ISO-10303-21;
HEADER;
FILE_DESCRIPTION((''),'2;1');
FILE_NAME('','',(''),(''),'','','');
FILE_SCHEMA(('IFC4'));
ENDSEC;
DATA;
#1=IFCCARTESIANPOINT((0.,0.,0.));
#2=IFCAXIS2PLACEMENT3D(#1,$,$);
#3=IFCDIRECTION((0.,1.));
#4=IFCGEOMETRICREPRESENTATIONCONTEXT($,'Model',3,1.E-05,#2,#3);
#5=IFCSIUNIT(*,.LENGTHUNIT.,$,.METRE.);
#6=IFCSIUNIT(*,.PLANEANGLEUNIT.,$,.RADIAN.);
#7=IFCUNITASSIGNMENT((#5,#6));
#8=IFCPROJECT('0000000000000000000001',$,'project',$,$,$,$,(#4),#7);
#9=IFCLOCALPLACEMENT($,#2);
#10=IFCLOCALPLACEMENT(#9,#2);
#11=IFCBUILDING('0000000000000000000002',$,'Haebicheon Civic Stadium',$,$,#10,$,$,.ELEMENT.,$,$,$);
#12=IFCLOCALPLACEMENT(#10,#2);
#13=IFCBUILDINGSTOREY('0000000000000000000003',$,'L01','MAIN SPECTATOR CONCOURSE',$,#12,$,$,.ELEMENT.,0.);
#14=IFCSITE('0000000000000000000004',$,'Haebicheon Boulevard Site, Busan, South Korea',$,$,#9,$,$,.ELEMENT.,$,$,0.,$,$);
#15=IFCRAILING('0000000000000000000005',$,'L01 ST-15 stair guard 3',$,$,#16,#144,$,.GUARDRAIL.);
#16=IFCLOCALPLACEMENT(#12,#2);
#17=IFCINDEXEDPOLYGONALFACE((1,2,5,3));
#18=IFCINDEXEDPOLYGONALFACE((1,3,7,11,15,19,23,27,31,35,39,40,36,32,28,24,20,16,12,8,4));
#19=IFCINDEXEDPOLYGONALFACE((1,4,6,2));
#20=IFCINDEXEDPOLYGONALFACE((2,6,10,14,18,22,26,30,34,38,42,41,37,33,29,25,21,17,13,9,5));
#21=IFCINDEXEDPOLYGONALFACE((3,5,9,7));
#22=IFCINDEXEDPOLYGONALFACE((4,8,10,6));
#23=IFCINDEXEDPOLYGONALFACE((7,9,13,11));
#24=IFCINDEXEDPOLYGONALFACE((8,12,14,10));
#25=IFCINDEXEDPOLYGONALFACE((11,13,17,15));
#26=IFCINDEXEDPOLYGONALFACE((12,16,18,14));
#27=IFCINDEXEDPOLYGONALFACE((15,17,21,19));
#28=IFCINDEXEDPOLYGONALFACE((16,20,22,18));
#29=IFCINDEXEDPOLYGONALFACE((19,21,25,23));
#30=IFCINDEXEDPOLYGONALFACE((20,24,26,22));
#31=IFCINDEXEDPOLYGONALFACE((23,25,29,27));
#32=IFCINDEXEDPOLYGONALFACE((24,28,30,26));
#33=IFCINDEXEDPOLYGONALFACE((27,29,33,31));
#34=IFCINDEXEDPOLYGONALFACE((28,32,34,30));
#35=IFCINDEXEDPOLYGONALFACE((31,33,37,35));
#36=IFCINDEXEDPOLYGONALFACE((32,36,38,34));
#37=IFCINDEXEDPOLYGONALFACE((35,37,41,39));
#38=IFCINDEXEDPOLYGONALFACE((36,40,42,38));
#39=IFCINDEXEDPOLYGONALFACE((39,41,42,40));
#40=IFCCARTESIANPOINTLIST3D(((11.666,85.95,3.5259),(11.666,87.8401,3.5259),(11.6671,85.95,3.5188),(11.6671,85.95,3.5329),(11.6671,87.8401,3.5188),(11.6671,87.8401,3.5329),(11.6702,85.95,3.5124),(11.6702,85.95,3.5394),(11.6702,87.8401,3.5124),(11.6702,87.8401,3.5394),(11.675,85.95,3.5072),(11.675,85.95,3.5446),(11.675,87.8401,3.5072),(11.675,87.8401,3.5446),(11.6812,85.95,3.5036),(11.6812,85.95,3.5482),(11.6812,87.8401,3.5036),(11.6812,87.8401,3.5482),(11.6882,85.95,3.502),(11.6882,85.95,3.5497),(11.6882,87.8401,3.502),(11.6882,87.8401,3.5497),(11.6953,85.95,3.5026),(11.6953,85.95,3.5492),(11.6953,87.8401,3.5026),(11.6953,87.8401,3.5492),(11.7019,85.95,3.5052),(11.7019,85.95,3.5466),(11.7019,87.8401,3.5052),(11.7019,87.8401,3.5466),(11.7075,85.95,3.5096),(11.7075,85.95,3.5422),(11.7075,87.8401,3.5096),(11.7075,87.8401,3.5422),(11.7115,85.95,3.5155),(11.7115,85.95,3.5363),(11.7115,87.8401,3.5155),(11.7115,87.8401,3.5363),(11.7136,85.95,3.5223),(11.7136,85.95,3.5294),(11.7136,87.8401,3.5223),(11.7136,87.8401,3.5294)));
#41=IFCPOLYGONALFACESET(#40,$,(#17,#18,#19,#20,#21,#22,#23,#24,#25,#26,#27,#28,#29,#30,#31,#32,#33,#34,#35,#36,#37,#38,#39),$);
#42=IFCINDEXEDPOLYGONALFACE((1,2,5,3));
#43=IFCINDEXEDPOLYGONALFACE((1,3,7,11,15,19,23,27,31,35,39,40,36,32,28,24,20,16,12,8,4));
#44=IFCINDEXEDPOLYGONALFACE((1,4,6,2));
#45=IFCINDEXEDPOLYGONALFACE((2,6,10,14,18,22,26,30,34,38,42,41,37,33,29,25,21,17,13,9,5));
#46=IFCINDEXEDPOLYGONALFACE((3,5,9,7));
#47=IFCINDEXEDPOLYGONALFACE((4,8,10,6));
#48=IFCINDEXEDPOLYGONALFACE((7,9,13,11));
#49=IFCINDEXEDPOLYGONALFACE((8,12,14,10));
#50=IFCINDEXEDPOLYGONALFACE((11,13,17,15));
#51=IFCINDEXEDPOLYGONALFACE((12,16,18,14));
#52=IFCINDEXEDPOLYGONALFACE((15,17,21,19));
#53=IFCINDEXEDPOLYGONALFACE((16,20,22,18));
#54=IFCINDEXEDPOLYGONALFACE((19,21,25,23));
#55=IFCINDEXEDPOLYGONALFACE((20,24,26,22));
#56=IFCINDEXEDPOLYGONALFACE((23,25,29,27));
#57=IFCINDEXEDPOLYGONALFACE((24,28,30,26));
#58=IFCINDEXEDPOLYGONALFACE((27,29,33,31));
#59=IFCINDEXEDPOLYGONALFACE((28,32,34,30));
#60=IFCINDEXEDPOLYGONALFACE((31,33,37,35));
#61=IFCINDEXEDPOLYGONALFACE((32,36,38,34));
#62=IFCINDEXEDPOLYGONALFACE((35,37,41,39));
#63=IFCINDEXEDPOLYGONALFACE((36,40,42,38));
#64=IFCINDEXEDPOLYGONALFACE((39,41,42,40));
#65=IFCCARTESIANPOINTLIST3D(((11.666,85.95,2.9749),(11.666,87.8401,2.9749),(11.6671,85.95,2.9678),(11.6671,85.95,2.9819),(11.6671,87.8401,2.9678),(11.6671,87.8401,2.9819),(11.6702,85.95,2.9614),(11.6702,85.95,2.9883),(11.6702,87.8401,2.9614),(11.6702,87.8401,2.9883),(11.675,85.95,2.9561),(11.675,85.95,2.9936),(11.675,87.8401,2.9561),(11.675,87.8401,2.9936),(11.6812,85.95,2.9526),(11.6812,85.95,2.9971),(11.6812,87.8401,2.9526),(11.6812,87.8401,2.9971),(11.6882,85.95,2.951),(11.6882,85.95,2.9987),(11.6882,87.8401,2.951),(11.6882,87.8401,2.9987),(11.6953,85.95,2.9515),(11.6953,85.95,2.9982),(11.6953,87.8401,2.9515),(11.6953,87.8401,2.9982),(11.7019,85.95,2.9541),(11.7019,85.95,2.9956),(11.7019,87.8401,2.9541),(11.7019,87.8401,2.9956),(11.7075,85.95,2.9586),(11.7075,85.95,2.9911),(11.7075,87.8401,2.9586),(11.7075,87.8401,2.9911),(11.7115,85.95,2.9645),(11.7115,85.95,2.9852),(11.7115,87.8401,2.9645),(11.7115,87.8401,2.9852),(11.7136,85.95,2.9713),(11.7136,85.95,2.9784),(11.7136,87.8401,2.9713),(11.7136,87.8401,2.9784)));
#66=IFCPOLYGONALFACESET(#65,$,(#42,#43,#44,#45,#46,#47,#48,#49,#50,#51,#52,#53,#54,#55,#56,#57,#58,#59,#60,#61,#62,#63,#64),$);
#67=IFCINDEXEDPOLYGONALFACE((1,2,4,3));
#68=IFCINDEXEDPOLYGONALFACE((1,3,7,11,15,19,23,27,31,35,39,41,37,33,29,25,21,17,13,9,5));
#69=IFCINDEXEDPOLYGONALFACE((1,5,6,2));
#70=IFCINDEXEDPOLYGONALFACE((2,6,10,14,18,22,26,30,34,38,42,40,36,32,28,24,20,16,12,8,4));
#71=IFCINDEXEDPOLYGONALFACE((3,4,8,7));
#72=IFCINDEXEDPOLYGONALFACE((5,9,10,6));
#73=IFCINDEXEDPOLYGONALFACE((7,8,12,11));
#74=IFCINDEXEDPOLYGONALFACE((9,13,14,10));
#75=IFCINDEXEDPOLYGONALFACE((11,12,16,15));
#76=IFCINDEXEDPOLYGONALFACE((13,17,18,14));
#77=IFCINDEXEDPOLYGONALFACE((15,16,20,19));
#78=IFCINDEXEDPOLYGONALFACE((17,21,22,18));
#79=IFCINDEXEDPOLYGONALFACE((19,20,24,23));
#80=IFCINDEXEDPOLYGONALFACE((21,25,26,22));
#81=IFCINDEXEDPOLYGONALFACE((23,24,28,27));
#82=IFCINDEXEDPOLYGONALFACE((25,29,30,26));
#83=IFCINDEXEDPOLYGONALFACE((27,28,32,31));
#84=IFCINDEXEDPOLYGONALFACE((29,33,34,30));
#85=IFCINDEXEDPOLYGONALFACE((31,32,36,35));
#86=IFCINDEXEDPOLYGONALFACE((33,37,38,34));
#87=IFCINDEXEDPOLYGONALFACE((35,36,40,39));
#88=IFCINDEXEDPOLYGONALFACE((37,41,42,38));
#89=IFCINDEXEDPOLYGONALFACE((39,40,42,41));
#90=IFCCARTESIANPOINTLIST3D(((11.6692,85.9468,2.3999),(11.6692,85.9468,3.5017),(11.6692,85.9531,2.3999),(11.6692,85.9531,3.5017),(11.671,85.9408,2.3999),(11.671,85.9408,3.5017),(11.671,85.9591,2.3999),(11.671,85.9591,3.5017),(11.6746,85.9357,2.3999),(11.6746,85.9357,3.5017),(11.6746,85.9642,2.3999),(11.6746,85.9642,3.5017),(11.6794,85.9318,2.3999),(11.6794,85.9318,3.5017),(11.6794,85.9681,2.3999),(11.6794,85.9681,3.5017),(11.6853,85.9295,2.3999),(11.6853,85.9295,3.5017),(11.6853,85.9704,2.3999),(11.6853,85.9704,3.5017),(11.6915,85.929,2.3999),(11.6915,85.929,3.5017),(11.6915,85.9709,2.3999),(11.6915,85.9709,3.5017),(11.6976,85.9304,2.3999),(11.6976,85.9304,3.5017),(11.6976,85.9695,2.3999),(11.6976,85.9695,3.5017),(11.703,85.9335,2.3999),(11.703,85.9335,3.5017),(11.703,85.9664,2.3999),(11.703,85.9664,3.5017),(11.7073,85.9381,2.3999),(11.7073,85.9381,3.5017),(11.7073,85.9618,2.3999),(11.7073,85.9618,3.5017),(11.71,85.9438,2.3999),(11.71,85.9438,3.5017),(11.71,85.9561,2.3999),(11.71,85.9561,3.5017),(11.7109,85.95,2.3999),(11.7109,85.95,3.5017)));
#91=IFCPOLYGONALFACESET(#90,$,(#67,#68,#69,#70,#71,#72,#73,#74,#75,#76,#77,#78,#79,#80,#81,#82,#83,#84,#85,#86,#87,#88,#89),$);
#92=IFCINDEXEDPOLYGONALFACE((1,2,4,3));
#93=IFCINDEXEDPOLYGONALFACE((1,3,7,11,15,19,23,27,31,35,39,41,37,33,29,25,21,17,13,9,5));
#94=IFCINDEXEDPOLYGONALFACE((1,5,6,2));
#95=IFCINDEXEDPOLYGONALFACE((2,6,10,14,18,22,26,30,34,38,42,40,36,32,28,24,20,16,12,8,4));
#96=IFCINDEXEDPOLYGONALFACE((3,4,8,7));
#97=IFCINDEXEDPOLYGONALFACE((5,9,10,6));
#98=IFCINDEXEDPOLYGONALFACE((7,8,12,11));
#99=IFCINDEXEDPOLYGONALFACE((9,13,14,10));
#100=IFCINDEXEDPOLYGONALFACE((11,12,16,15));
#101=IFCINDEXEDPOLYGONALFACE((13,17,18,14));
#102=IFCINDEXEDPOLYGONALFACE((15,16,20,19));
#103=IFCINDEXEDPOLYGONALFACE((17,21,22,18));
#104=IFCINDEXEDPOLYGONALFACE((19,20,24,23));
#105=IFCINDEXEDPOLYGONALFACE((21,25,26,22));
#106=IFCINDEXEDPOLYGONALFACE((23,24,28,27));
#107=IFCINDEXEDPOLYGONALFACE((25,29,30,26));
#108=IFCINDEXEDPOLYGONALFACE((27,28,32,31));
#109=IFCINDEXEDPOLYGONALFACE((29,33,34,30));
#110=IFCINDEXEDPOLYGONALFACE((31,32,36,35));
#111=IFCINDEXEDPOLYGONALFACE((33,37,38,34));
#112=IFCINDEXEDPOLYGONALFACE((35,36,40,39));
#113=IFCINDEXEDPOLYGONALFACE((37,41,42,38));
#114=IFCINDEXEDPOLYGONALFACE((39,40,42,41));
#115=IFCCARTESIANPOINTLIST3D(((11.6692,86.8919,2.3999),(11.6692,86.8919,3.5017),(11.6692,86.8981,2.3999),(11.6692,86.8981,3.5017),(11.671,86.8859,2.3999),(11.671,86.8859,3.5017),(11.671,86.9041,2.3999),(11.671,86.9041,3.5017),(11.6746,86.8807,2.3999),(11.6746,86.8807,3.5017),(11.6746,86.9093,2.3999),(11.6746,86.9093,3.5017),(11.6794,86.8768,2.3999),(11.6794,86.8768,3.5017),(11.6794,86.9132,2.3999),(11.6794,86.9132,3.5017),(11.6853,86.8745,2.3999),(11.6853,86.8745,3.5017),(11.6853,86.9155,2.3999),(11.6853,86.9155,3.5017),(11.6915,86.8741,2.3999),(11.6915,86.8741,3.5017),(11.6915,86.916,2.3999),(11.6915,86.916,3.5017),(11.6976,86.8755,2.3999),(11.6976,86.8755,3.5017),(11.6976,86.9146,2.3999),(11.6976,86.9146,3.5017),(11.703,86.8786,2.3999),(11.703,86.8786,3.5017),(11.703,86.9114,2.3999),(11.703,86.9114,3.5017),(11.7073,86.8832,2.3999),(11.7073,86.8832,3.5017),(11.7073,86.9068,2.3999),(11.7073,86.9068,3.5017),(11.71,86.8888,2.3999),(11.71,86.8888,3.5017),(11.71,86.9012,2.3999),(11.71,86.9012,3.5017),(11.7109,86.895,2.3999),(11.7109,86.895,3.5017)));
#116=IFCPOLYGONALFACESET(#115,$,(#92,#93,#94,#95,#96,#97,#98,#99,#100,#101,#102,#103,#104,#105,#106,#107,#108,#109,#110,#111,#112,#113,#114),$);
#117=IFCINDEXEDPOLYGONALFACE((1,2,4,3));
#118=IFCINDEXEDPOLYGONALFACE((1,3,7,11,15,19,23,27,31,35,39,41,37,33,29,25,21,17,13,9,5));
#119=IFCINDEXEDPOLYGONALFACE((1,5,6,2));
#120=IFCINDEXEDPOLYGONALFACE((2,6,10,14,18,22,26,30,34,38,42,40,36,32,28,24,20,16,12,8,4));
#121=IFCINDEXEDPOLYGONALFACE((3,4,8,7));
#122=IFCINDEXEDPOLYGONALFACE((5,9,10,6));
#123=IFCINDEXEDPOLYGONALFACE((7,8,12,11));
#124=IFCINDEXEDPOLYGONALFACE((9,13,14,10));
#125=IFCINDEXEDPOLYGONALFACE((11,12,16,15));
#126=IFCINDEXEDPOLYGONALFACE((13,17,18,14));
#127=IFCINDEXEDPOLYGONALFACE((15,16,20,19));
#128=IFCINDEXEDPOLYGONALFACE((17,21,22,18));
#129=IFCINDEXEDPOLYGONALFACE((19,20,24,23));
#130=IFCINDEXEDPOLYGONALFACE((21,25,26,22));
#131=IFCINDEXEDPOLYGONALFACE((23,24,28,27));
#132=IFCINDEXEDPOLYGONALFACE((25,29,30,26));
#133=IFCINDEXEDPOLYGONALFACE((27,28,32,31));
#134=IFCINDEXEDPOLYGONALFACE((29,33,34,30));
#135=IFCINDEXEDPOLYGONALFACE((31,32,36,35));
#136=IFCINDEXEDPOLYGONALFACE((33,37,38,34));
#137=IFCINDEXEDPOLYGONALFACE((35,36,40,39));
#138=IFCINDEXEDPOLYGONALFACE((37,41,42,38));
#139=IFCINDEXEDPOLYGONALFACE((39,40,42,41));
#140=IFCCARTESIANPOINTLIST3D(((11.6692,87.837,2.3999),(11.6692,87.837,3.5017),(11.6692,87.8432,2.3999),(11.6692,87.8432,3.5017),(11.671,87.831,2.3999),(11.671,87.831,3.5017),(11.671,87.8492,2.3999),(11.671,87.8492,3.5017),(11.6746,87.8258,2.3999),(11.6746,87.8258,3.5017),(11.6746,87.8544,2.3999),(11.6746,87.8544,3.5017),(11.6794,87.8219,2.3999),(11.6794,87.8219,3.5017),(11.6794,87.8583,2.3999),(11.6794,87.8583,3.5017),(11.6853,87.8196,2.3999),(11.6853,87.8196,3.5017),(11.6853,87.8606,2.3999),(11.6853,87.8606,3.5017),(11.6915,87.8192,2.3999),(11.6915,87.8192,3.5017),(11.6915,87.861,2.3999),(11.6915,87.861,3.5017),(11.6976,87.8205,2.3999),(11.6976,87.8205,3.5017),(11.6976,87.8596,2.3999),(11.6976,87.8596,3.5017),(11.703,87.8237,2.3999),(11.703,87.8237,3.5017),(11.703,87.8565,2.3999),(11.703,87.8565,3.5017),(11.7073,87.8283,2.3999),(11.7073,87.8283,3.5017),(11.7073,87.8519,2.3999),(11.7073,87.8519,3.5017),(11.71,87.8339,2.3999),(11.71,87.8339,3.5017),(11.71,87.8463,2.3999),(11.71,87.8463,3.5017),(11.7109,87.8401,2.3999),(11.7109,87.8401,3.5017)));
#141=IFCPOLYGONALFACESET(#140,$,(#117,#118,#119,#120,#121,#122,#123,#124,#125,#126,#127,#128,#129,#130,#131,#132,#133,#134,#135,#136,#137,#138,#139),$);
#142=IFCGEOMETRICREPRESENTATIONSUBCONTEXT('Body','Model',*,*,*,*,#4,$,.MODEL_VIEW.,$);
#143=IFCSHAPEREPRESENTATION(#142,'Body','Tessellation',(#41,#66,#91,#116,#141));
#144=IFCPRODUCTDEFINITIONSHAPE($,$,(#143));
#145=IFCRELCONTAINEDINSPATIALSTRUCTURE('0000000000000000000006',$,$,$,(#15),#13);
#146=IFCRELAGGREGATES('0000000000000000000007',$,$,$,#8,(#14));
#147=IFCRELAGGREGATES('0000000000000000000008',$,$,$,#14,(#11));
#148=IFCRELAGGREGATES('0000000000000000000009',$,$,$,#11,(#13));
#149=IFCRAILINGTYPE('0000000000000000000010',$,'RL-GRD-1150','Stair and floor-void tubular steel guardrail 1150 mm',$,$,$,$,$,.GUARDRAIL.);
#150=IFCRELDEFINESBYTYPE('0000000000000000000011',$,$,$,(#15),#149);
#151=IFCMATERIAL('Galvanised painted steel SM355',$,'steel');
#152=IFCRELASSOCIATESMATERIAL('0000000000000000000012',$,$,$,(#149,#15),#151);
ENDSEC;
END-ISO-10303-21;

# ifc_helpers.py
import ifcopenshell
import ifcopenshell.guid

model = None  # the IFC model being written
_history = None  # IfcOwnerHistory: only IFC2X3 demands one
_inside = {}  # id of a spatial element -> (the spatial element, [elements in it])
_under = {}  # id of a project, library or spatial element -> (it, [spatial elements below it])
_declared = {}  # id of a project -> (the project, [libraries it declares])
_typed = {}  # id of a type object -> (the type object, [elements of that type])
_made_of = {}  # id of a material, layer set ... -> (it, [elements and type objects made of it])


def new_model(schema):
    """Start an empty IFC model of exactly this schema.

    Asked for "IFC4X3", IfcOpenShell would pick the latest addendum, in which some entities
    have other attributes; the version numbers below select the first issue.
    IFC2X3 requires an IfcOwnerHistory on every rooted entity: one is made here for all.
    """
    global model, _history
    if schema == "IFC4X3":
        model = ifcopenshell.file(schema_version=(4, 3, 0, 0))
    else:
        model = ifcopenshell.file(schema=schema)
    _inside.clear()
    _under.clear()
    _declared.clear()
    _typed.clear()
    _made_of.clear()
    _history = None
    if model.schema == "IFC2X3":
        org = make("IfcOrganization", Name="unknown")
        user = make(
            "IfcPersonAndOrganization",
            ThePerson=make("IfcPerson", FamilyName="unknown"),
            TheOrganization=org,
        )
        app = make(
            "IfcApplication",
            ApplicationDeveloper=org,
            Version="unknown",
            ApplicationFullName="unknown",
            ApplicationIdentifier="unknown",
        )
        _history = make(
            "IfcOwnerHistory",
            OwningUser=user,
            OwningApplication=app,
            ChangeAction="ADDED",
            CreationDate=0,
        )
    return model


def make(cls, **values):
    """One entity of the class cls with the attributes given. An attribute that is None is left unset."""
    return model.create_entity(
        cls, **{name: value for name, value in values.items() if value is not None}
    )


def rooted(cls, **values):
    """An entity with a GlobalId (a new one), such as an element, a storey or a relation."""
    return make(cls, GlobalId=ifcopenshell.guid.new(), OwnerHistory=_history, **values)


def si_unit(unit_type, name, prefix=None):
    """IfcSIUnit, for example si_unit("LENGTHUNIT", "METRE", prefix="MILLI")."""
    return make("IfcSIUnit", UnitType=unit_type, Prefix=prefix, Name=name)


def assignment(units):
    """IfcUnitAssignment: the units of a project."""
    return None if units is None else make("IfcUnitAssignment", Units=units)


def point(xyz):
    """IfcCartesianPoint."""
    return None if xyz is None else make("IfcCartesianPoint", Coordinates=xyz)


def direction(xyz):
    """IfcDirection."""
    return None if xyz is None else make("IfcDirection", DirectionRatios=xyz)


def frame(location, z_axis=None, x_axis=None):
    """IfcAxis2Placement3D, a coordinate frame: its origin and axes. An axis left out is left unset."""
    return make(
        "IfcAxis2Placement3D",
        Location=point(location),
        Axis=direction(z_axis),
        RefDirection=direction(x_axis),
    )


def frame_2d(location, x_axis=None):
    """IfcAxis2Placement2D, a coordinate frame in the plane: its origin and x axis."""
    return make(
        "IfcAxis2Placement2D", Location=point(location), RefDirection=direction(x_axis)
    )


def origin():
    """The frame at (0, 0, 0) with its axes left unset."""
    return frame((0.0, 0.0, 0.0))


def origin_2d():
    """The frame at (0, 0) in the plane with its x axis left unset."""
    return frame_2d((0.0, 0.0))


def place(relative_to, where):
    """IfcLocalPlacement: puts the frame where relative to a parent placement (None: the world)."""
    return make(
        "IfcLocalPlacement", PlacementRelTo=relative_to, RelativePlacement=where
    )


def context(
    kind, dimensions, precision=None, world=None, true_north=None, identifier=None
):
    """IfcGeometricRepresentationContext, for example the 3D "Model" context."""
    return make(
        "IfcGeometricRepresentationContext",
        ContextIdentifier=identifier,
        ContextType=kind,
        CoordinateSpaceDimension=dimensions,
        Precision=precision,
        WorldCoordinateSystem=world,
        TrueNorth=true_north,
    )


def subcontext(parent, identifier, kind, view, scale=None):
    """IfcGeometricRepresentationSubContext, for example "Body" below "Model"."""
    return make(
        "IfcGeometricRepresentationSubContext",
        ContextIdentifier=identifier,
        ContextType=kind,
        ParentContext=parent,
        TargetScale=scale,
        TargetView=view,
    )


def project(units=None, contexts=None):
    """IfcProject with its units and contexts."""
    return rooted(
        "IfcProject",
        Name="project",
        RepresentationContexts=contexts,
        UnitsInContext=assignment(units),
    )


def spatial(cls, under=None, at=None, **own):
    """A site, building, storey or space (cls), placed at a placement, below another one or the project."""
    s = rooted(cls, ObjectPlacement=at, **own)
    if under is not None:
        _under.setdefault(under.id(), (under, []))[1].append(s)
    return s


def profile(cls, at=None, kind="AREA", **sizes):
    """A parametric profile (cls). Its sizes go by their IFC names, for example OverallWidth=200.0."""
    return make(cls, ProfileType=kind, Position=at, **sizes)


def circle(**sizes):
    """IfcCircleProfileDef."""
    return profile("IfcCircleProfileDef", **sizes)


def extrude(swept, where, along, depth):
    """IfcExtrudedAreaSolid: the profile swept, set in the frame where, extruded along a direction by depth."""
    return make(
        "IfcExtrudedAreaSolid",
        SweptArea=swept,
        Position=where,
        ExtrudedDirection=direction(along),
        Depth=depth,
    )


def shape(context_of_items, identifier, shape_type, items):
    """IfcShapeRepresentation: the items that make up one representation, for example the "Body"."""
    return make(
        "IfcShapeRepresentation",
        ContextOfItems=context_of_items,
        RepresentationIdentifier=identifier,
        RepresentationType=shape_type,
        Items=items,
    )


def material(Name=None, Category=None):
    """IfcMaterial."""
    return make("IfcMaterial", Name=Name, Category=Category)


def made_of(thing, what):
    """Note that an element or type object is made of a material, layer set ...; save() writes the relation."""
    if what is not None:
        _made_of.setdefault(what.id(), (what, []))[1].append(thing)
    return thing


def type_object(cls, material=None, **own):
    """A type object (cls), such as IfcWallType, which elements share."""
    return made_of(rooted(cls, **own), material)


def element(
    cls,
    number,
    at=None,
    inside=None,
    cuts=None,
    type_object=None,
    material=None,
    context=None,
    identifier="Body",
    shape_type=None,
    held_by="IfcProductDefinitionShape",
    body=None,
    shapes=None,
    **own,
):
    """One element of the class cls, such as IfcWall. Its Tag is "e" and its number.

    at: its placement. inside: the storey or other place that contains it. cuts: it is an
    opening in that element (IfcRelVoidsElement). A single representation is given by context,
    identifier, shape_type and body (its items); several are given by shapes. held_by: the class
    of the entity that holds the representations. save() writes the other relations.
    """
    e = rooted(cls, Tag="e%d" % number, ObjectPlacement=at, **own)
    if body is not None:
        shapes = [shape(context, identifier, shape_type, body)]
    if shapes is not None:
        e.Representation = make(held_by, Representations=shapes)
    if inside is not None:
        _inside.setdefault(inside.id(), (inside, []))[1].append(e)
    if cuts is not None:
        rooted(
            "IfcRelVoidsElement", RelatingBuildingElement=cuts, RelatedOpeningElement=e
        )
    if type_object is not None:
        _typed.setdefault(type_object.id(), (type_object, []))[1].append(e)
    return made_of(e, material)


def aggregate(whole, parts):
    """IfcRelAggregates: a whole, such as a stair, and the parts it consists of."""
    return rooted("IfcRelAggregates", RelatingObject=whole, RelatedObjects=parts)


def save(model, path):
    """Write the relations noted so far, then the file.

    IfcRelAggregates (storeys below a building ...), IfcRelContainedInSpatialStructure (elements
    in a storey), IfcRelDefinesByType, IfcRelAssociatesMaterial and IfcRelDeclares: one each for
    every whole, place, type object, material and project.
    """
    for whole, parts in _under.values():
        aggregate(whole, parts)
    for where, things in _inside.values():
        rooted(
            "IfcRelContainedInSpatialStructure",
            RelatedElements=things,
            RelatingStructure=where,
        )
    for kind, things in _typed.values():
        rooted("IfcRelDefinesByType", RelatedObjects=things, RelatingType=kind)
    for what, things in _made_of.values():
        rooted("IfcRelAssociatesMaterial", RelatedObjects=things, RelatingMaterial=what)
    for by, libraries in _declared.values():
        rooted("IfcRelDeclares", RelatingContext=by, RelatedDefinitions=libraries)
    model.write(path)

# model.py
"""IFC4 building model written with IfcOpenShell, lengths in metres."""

from ifc_helpers import new_model, si_unit, direction, frame, origin, origin_2d, place, context, subcontext, project, spatial, circle, extrude, material, type_object, element, save


model = new_model("IFC4")

# Units and contexts
model_context = context("Model", 3, precision=1e-05, world=origin(), true_north=direction((0.0, 1.0)))
body_context = subcontext(model_context, "Body", "Model", "MODEL_VIEW")
ifc_project = project(units=[si_unit("LENGTHUNIT", "METRE"), si_unit("PLANEANGLEUNIT", "RADIAN")], contexts=[model_context])

# Site, building, storey
site_placement = place(None, origin())
site = spatial("IfcSite", under=ifc_project, at=site_placement, Name="Haebicheon Boulevard Site, Busan, South Korea", CompositionType="ELEMENT", RefElevation=0.0)
building_placement = place(site_placement, origin())
building = spatial("IfcBuilding", under=site, at=building_placement, Name="Haebicheon Civic Stadium", CompositionType="ELEMENT")
storey_placement = place(building_placement, origin())
storey = spatial("IfcBuildingStorey", under=building, at=storey_placement, Name="L01", Description="MAIN SPECTATOR CONCOURSE", CompositionType="ELEMENT", Elevation=0.0)

# Railing
ifc_material_1 = material(Name="Galvanised painted steel SM355", Category="steel")
railing_type_1 = type_object("IfcRailingType", Name="RL-GRD-1150", Description="Stair and floor-void tubular steel guardrail 1150 mm", PredefinedType="GUARDRAIL", material=ifc_material_1)
for number, where, name in (
    (1, (11.6899, 85.95, 2.3999), "L01 ST-15 stair guard 3"),
):
    element("IfcRailing", number, at=place(storey_placement, frame(where)), inside=storey, type_object=railing_type_1, material=ifc_material_1, Name=name, PredefinedType="GUARDRAIL", context=body_context, shape_type="SweptSolid", body=[
        extrude(circle(Radius=0.0239, at=origin_2d()), frame((0.0, 0.0, 1.126), z_axis=(0.0, 1.0, 0.0), x_axis=(-1.0, 0.0, 0.0)), (0.0, 0.0, 1.0), 1.8901),
        extrude(circle(Radius=0.0239, at=origin_2d()), frame((0.0, 0.0, 0.575), z_axis=(0.0, 1.0, 0.0), x_axis=(-1.0, 0.0, 0.0)), (0.0, 0.0, 1.0), 1.8901),
        extrude(circle(Radius=0.021, at=origin_2d()), origin(), (0.0, 0.0, 1.0), 1.1018),
        extrude(circle(Radius=0.021, at=origin_2d()), frame((0.0, 0.9451, 0.0)), (0.0, 0.0, 1.0), 1.1018),
        extrude(circle(Radius=0.021, at=origin_2d()), frame((0.0, 1.8901, 0.0)), (0.0, 0.0, 1.0), 1.1018),
    ])

save(model, "model.ifc")
